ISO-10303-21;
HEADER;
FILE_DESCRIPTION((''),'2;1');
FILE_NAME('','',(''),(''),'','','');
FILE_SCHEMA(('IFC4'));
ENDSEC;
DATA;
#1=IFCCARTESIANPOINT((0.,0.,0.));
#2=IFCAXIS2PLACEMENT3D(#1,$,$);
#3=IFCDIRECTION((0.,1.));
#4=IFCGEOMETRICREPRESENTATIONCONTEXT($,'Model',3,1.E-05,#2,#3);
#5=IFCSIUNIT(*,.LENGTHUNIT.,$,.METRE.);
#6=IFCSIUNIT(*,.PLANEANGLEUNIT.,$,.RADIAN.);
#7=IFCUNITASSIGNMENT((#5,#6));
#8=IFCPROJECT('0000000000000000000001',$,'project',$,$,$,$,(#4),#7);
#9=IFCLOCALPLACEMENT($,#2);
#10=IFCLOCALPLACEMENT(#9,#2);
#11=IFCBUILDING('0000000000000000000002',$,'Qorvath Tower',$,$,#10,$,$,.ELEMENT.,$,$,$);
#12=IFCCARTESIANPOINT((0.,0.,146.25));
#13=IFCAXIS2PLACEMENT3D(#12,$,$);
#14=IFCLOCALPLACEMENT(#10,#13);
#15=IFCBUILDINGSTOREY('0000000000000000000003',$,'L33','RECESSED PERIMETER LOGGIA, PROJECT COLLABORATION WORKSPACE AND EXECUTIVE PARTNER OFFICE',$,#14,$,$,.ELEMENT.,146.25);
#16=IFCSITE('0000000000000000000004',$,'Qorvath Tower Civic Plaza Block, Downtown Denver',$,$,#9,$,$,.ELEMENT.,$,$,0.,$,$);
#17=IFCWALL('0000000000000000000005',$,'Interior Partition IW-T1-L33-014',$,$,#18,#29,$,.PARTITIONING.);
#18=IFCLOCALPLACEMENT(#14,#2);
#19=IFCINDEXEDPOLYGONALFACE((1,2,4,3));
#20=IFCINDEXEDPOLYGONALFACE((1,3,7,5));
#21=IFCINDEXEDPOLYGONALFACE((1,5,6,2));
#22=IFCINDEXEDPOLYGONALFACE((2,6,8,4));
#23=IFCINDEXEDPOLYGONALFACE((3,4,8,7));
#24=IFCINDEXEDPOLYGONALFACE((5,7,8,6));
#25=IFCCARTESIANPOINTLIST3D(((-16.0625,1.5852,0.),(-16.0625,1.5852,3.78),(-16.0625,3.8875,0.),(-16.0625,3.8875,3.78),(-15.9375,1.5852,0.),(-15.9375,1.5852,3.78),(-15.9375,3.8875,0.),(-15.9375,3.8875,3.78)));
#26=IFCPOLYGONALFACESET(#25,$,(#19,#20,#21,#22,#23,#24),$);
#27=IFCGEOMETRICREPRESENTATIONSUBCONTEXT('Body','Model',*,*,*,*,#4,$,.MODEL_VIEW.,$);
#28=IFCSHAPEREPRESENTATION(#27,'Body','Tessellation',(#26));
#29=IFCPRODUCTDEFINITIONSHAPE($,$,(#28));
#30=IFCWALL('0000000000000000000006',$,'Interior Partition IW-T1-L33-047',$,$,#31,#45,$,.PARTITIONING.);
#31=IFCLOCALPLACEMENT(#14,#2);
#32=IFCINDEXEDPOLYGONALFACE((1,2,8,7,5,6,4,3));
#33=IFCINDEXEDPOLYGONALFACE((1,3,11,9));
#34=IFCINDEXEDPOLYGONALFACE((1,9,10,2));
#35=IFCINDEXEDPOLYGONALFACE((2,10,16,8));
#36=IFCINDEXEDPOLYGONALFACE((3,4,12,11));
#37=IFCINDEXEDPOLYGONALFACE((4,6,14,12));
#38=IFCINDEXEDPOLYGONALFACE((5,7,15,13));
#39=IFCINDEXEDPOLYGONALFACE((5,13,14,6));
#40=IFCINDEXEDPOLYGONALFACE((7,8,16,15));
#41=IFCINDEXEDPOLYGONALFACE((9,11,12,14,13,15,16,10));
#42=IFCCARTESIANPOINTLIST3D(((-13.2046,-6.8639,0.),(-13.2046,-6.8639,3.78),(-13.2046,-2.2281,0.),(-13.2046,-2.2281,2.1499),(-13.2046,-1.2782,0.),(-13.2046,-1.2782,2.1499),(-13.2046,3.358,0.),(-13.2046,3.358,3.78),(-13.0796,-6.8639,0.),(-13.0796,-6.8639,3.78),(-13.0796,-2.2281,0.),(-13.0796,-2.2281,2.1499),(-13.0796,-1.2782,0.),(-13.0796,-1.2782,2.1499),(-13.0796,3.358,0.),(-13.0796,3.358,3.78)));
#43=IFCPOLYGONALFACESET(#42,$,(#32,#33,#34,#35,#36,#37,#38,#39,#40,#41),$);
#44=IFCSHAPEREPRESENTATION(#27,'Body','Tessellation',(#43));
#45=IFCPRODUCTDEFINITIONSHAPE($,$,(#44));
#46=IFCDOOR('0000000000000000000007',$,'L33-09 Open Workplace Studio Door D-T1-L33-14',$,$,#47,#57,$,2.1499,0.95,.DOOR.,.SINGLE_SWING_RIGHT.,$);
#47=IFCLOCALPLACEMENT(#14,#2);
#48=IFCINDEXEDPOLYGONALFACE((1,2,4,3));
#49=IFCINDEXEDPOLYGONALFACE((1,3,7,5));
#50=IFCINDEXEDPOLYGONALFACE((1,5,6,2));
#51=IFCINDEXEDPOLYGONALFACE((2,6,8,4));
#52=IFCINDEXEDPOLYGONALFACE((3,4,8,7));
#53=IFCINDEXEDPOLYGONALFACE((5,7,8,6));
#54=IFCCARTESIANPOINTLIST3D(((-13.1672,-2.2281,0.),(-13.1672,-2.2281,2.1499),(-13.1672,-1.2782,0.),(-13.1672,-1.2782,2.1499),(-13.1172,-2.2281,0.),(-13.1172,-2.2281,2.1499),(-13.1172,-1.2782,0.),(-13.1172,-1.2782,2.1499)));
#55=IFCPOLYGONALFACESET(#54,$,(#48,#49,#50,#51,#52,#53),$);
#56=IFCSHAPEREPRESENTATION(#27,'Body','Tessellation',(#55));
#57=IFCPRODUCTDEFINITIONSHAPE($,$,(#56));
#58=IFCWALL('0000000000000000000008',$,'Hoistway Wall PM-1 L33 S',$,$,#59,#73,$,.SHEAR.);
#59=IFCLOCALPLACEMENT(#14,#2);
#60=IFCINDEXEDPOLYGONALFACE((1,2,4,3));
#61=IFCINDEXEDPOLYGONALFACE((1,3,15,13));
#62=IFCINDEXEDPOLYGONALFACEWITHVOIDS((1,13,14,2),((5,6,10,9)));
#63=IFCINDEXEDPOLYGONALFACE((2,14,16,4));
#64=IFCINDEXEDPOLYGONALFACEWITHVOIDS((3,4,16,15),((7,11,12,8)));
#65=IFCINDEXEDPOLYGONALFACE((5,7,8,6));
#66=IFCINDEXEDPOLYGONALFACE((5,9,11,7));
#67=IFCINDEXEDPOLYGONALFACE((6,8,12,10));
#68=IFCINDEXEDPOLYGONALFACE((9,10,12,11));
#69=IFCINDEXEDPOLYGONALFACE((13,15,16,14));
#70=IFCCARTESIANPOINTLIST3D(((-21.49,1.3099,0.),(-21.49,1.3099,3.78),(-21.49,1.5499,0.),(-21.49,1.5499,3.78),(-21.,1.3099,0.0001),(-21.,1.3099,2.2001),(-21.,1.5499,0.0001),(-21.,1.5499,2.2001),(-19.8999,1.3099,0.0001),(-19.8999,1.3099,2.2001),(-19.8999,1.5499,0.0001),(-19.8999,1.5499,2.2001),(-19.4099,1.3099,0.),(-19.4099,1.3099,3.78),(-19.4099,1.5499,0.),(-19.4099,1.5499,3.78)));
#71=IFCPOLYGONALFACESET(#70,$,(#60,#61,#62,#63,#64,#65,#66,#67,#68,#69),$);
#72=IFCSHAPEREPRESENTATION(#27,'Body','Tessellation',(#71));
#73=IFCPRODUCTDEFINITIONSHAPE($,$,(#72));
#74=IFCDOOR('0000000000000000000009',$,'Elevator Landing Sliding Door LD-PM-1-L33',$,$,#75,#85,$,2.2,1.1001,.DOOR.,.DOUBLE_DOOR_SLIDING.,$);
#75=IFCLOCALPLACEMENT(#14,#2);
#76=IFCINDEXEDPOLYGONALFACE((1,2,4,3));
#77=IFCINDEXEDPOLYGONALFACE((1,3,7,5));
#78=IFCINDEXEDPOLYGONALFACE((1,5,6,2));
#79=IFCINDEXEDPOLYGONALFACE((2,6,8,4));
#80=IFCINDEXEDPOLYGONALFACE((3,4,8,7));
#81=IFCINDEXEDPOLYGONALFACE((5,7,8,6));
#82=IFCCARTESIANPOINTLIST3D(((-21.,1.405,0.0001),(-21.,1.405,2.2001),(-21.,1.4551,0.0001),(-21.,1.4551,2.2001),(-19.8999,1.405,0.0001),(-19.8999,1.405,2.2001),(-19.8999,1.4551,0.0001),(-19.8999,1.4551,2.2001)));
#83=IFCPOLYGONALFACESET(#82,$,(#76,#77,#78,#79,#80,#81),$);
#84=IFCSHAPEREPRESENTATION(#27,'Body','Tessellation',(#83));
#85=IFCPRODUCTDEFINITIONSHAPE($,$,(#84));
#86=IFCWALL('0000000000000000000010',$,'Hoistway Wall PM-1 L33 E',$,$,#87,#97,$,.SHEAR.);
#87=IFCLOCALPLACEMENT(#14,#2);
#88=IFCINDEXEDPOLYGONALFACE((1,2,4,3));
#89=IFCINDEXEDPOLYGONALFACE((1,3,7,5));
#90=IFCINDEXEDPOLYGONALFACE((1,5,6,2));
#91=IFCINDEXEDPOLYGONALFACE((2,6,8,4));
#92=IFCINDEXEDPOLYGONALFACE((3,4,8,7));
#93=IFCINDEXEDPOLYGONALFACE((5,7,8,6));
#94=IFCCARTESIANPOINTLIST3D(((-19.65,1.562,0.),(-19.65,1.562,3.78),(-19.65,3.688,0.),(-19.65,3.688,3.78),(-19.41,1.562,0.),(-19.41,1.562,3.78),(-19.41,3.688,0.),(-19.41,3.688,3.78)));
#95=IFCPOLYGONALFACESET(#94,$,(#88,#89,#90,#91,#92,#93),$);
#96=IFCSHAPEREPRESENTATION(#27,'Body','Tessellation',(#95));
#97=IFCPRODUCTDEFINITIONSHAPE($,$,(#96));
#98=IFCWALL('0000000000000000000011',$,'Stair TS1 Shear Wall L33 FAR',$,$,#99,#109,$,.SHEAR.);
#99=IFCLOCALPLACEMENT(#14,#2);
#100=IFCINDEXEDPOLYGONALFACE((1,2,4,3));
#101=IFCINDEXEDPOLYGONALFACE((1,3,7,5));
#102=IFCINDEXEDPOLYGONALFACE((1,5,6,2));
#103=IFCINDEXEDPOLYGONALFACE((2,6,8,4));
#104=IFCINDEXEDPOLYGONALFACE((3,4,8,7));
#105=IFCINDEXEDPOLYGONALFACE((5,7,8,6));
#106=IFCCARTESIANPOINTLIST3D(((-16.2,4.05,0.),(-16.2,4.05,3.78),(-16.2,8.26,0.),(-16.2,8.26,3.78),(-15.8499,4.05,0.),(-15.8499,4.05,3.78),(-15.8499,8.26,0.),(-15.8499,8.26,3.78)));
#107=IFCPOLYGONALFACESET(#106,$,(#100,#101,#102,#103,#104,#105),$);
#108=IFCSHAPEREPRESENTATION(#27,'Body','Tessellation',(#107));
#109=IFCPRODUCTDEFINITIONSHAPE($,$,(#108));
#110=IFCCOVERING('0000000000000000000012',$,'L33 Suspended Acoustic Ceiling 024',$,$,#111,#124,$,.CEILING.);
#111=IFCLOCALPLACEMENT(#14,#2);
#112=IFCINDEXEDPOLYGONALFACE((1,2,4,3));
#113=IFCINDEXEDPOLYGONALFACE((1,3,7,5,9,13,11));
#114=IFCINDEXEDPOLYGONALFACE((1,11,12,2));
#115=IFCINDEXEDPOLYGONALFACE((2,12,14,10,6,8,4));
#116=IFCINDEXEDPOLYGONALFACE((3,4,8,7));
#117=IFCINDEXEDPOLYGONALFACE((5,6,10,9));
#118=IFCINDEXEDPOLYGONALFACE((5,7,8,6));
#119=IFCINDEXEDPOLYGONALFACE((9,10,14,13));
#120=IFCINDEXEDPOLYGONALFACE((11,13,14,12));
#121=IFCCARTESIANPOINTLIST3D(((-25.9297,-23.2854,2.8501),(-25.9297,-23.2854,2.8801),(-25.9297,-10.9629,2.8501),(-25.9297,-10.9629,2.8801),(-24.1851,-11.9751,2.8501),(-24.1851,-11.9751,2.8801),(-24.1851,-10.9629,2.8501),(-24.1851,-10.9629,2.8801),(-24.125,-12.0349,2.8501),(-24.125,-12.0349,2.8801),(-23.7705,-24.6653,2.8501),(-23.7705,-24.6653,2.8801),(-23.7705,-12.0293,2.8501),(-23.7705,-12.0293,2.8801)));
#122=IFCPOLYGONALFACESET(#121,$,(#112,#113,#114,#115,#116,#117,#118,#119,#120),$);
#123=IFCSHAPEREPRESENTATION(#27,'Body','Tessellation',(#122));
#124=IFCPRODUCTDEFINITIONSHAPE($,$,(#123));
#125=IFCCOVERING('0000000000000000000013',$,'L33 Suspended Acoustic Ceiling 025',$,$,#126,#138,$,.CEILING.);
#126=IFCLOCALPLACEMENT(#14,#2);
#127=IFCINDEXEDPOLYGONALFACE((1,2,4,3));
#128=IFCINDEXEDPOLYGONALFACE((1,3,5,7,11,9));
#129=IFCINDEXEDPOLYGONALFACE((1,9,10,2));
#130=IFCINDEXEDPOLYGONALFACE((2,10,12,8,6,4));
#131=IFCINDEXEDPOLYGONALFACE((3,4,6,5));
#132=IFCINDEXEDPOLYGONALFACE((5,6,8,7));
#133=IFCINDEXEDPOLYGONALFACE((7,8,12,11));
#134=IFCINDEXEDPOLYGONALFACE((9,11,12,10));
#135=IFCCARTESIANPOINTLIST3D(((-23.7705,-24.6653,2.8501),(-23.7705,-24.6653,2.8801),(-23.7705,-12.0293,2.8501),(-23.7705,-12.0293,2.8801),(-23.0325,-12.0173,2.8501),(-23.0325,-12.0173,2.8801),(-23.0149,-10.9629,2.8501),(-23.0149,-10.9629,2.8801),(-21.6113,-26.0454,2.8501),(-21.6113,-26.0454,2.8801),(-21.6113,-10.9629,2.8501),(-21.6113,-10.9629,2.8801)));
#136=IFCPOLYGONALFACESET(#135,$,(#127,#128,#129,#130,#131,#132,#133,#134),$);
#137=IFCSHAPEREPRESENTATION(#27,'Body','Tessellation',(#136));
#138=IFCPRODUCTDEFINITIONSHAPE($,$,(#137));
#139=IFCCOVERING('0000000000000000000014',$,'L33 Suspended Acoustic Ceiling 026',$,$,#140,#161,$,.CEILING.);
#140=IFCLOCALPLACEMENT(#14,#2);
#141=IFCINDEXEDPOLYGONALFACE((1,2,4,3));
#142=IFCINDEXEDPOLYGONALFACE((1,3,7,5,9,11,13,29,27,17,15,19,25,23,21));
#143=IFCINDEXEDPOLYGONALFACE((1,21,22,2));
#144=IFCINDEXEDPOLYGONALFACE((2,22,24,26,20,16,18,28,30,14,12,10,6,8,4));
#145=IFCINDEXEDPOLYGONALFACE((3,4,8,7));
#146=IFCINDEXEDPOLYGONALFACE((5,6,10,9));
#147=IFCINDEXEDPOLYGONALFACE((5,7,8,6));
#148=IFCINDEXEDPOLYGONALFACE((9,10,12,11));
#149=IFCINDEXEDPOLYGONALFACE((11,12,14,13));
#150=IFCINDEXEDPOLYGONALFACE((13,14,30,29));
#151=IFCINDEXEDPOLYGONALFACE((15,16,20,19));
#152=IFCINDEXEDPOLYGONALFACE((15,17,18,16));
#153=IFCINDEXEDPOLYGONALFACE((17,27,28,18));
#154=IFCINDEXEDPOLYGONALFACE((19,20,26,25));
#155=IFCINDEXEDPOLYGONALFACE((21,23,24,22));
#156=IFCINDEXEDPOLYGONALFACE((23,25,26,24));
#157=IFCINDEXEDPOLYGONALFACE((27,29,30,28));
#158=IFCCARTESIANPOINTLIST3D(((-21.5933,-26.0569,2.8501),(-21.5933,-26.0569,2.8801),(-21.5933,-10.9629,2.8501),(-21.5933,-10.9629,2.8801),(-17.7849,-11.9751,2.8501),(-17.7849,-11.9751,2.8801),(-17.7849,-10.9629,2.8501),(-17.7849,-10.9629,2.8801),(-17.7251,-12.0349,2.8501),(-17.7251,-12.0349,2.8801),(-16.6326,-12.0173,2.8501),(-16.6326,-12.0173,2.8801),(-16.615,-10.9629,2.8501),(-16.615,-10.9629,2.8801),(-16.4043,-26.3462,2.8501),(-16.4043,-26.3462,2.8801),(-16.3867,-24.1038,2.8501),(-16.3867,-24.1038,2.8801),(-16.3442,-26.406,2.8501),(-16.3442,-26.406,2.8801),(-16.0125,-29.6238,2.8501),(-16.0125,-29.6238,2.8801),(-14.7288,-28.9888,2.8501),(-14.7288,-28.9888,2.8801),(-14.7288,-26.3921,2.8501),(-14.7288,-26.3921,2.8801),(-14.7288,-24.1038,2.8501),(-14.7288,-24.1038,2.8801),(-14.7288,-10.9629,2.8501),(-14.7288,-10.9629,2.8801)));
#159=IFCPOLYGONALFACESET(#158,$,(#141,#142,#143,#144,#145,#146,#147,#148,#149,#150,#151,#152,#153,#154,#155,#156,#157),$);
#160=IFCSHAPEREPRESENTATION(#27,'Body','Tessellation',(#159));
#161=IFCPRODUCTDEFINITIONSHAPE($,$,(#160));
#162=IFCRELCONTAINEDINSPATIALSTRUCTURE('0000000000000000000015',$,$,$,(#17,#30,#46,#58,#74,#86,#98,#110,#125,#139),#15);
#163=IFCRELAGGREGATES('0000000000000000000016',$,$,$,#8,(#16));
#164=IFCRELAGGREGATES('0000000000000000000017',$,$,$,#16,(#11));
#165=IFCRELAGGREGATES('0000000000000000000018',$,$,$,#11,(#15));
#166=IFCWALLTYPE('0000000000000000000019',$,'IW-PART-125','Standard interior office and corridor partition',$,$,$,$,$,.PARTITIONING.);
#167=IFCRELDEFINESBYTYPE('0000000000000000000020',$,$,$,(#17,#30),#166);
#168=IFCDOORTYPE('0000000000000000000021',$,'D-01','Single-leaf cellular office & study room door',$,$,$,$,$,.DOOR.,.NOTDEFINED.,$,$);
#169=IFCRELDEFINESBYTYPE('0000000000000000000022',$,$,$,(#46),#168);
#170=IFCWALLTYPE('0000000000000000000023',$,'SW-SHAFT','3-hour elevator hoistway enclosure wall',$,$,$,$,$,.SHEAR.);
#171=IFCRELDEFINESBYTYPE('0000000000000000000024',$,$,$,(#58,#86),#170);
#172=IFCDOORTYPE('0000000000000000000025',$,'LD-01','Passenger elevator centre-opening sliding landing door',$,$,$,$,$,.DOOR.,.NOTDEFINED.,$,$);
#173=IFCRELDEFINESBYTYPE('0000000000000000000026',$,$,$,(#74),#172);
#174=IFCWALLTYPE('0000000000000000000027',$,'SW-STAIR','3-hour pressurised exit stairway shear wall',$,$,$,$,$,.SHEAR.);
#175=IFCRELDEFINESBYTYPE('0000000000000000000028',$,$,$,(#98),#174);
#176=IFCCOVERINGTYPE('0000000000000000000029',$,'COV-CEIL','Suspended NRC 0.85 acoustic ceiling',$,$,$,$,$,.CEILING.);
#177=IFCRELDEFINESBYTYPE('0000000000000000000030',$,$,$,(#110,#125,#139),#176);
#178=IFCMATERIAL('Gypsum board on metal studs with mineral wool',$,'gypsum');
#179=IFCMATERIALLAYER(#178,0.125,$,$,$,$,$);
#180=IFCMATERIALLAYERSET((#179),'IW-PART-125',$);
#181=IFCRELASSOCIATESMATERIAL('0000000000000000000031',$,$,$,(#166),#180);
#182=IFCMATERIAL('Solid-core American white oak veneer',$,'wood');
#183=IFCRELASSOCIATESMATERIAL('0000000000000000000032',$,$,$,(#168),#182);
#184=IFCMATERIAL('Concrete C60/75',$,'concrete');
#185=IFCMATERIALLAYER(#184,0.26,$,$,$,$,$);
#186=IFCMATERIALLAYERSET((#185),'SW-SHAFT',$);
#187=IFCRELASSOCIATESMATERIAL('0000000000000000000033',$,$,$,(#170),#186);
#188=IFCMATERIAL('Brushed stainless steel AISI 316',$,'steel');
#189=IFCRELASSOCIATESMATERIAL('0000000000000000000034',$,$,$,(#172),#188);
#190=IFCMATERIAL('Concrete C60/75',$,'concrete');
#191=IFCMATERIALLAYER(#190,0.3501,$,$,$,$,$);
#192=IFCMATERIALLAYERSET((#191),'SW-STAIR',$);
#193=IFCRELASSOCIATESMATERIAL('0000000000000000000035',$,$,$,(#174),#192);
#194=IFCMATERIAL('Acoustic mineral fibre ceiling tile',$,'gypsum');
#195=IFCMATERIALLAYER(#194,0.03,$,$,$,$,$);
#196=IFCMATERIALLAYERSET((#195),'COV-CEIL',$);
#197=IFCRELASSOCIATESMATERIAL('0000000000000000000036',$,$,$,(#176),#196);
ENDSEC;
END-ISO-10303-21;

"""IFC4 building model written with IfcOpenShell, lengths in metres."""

from ifc_helpers import new_model, si_unit, direction, frame, frame_2d, origin, place, context, subcontext, project, spatial, polyline, rectangle, outline, extrude, material, layer, layer_set, type_object, element, fill, save


model = new_model("IFC4")

# Units and contexts
model_context = context("Model", 3, precision=1e-05, world=origin(), true_north=direction((0.0, 1.0)))
body_context = subcontext(model_context, "Body", "Model", "MODEL_VIEW")
ifc_project = project(units=[si_unit("LENGTHUNIT", "METRE"), si_unit("PLANEANGLEUNIT", "RADIAN")], contexts=[model_context])

# Site, building, storey
site_placement = place(None, origin())
site = spatial("IfcSite", under=ifc_project, at=site_placement, Name="Qorvath Tower Civic Plaza Block, Downtown Denver", CompositionType="ELEMENT", RefElevation=0.0)
building_placement = place(site_placement, origin())
building = spatial("IfcBuilding", under=site, at=building_placement, Name="Qorvath Tower", CompositionType="ELEMENT")
storey_placement = place(building_placement, frame((0.0, 0.0, 146.25)))
storey = spatial("IfcBuildingStorey", under=building, at=storey_placement, Name="L33", Description="RECESSED PERIMETER LOGGIA, PROJECT COLLABORATION WORKSPACE AND EXECUTIVE PARTNER OFFICE", CompositionType="ELEMENT", Elevation=146.25)

# Shared definitions
ifc_material_1 = material(Name="Gypsum board on metal studs with mineral wool", Category="gypsum")
ifc_layer_1 = layer(ifc_material_1, 0.125)
ifc_layer_set_1 = layer_set([ifc_layer_1], Name="IW-PART-125")
wall_type_1 = type_object("IfcWallType", Name="IW-PART-125", Description="Standard interior office and corridor partition", PredefinedType="PARTITIONING", material=ifc_layer_set_1)
ifc_material_2 = material(Name="Solid-core American white oak veneer", Category="wood")
door_type_1 = type_object("IfcDoorType", Name="D-01", Description="Single-leaf cellular office & study room door", OperationType="NOTDEFINED", PredefinedType="DOOR", material=ifc_material_2)

# Wall
wall_1_placement = place(storey_placement, frame((-16.0, 1.5852, 0.0), z_axis=(0.0, 0.0, 1.0), x_axis=(0.0, 1.0, 0.0)))
element("IfcWall", 1, at=wall_1_placement, inside=storey, type_object=wall_type_1, Name="Interior Partition IW-T1-L33-014", PredefinedType="PARTITIONING", context=body_context, shape_type="SweptSolid", body=[
    extrude(rectangle(XDim=2.3022, YDim=0.125, at=frame_2d((1.1511, 0.0))), origin(), (0.0, 0.0, 1.0), 3.78),
])

# Walls, openings, doors
wall_2_placement = place(storey_placement, frame((-13.1421, 3.3579, 0.0), z_axis=(0.0, 0.0, 1.0), x_axis=(0.0, -1.0, 0.0)))
wall_2 = element("IfcWall", 2, at=wall_2_placement, inside=storey, type_object=wall_type_1, Name="Interior Partition IW-T1-L33-047", PredefinedType="PARTITIONING", context=body_context, shape_type="SweptSolid", body=[
    extrude(rectangle(XDim=10.2219, YDim=0.125, at=frame_2d((5.1108, 0.0))), origin(), (0.0, 0.0, 1.0), 3.78),
])
opening_1_placement = place(wall_2_placement, frame((4.636, 0.0, 0.0)))
opening_1 = element("IfcOpeningElement", 3, at=opening_1_placement, cuts=wall_2, PredefinedType="OPENING", context=body_context, shape_type="SweptSolid", body=[
    extrude(rectangle(XDim=0.95, YDim=2.1499, at=frame_2d((0.4751, 1.075))), frame((0.0, 0.0725, 0.0), z_axis=(0.0, -1.0, 0.0), x_axis=(1.0, 0.0, 0.0)), (0.0, 0.0, 1.0), 0.145),
])
door_1_placement = place(opening_1_placement, origin())
door_1 = element("IfcDoor", 4, at=door_1_placement, inside=storey, type_object=door_type_1, Name="L33-09 Open Workplace Studio Door D-T1-L33-14", OperationType="SINGLE_SWING_RIGHT", OverallHeight=2.1499, OverallWidth=0.95, PredefinedType="DOOR", context=body_context, shape_type="SweptSolid", body=[
    extrude(rectangle(XDim=0.95, YDim=2.1499, at=frame_2d((0.4751, 1.075))), frame((0.0, 0.0249, 0.0), z_axis=(0.0, -1.0, 0.0), x_axis=(1.0, 0.0, 0.0)), (0.0, 0.0, 1.0), 0.05),
])
fill(opening_1, door_1)
ifc_material_3 = material(Name="Concrete C60/75", Category="concrete")
ifc_layer_2 = layer(ifc_material_3, 0.26)
ifc_layer_set_2 = layer_set([ifc_layer_2], Name="SW-SHAFT")
wall_type_2 = type_object("IfcWallType", Name="SW-SHAFT", Description="3-hour elevator hoistway enclosure wall", PredefinedType="SHEAR", material=ifc_layer_set_2)
wall_3_placement = place(storey_placement, frame((-19.4099, 1.4299, 0.0), z_axis=(0.0, 0.0, 1.0), x_axis=(-1.0, 0.0, 0.0)))
wall_3 = element("IfcWall", 5, at=wall_3_placement, inside=storey, type_object=wall_type_2, Name="Hoistway Wall PM-1 L33 S", PredefinedType="SHEAR", context=body_context, shape_type="SweptSolid", body=[
    extrude(rectangle(XDim=2.0801, YDim=0.24, at=frame_2d((1.04, 0.0))), origin(), (0.0, 0.0, 1.0), 3.78),
])
opening_2_placement = place(wall_3_placement, frame((0.49, 0.0, 0.0)))
opening_2 = element("IfcOpeningElement", 6, at=opening_2_placement, cuts=wall_3, PredefinedType="OPENING", context=body_context, shape_type="SweptSolid", body=[
    extrude(rectangle(XDim=1.1001, YDim=2.2, at=frame_2d((0.55, 1.1001))), frame((0.0, 0.1299, 0.0), z_axis=(0.0, -1.0, 0.0), x_axis=(1.0, 0.0, 0.0)), (0.0, 0.0, 1.0), 0.26),
])
ifc_material_4 = material(Name="Brushed stainless steel AISI 316", Category="steel")
door_type_2 = type_object("IfcDoorType", Name="LD-01", Description="Passenger elevator centre-opening sliding landing door", OperationType="NOTDEFINED", PredefinedType="DOOR", material=ifc_material_4)
door_2_placement = place(opening_2_placement, origin())
door_2 = element("IfcDoor", 7, at=door_2_placement, inside=storey, type_object=door_type_2, Name="Elevator Landing Sliding Door LD-PM-1-L33", OperationType="DOUBLE_DOOR_SLIDING", OverallHeight=2.2, OverallWidth=1.1001, PredefinedType="DOOR", context=body_context, shape_type="SweptSolid", body=[
    extrude(rectangle(XDim=1.1001, YDim=2.2, at=frame_2d((0.55, 1.1001))), frame((0.0, 0.0249, 0.0), z_axis=(0.0, -1.0, 0.0), x_axis=(1.0, 0.0, 0.0)), (0.0, 0.0, 1.0), 0.05),
])
fill(opening_2, door_2)

# Walls
wall_4_placement = place(storey_placement, frame((-19.53, 3.688, 0.0), z_axis=(0.0, 0.0, 1.0), x_axis=(0.0, -1.0, 0.0)))
element("IfcWall", 8, at=wall_4_placement, inside=storey, type_object=wall_type_2, Name="Hoistway Wall PM-1 L33 E", PredefinedType="SHEAR", context=body_context, shape_type="SweptSolid", body=[
    extrude(rectangle(XDim=2.126, YDim=0.24, at=frame_2d((1.063, 0.0))), origin(), (0.0, 0.0, 1.0), 3.78),
])
ifc_material_5 = material(Name="Concrete C60/75", Category="concrete")
ifc_layer_3 = layer(ifc_material_5, 0.3501)
ifc_layer_set_3 = layer_set([ifc_layer_3], Name="SW-STAIR")
wall_type_3 = type_object("IfcWallType", Name="SW-STAIR", Description="3-hour pressurised exit stairway shear wall", PredefinedType="SHEAR", material=ifc_layer_set_3)
wall_5_placement = place(storey_placement, frame((-16.0249, 4.05, 0.0), z_axis=(0.0, 0.0, 1.0), x_axis=(0.0, 1.0, 0.0)))
element("IfcWall", 9, at=wall_5_placement, inside=storey, type_object=wall_type_3, Name="Stair TS1 Shear Wall L33 FAR", PredefinedType="SHEAR", context=body_context, shape_type="SweptSolid", body=[
    extrude(rectangle(XDim=4.21, YDim=0.3501, at=frame_2d((2.105, 0.0))), origin(), (0.0, 0.0, 1.0), 3.78),
])

# Coverings
ifc_material_6 = material(Name="Acoustic mineral fibre ceiling tile", Category="gypsum")
ifc_layer_4 = layer(ifc_material_6, 0.03)
ifc_layer_set_4 = layer_set([ifc_layer_4], Name="COV-CEIL")
covering_type_1 = type_object("IfcCoveringType", Name="COV-CEIL", Description="Suspended NRC 0.85 acoustic ceiling", PredefinedType="CEILING", material=ifc_layer_set_4)
covering_1_placement = place(storey_placement, frame((0.0, 0.0, 2.8501)))
element("IfcCovering", 10, at=covering_1_placement, inside=storey, type_object=covering_type_1, Name="L33 Suspended Acoustic Ceiling 024", PredefinedType="CEILING", context=body_context, shape_type="SweptSolid", body=[
    extrude(outline(polyline([(-23.7705, -24.6653), (-23.7705, -12.0293), (-24.125, -12.0349), (-24.1851, -11.9751), (-24.1851, -10.9629), (-25.9297, -10.9629), (-25.9297, -23.2854), (-23.7705, -24.6653)])), origin(), (0.0, 0.0, 1.0), 0.03),
])
covering_2_placement = place(storey_placement, frame((0.0, 0.0, 2.8501)))
element("IfcCovering", 11, at=covering_2_placement, inside=storey, type_object=covering_type_1, Name="L33 Suspended Acoustic Ceiling 025", PredefinedType="CEILING", context=body_context, shape_type="SweptSolid", body=[
    extrude(outline(polyline([(-21.6113, -26.0454), (-21.6113, -10.9629), (-23.0149, -10.9629), (-23.0325, -12.0173), (-23.7705, -12.0293), (-23.7705, -24.6653), (-21.6113, -26.0454)])), origin(), (0.0, 0.0, 1.0), 0.03),
])
covering_3_placement = place(storey_placement, frame((0.0, 0.0, 2.8501)))
element("IfcCovering", 12, at=covering_3_placement, inside=storey, type_object=covering_type_1, Name="L33 Suspended Acoustic Ceiling 026", PredefinedType="CEILING", context=body_context, shape_type="SweptSolid", body=[
    extrude(outline(polyline([(-21.5933, -26.0569), (-16.0125, -29.6238), (-14.7288, -28.9888), (-14.7288, -26.3921), (-16.3442, -26.406), (-16.4043, -26.3462), (-16.3867, -24.1038), (-14.7288, -24.1038), (-14.7288, -10.9629), (-16.615, -10.9629), (-16.6326, -12.0173), (-17.7251, -12.0349), (-17.7849, -11.9751), (-17.7849, -10.9629), (-21.5933, -10.9629), (-21.5933, -26.0569)])), origin(), (0.0, 0.0, 1.0), 0.03),
])

save(model, "model.ifc")
